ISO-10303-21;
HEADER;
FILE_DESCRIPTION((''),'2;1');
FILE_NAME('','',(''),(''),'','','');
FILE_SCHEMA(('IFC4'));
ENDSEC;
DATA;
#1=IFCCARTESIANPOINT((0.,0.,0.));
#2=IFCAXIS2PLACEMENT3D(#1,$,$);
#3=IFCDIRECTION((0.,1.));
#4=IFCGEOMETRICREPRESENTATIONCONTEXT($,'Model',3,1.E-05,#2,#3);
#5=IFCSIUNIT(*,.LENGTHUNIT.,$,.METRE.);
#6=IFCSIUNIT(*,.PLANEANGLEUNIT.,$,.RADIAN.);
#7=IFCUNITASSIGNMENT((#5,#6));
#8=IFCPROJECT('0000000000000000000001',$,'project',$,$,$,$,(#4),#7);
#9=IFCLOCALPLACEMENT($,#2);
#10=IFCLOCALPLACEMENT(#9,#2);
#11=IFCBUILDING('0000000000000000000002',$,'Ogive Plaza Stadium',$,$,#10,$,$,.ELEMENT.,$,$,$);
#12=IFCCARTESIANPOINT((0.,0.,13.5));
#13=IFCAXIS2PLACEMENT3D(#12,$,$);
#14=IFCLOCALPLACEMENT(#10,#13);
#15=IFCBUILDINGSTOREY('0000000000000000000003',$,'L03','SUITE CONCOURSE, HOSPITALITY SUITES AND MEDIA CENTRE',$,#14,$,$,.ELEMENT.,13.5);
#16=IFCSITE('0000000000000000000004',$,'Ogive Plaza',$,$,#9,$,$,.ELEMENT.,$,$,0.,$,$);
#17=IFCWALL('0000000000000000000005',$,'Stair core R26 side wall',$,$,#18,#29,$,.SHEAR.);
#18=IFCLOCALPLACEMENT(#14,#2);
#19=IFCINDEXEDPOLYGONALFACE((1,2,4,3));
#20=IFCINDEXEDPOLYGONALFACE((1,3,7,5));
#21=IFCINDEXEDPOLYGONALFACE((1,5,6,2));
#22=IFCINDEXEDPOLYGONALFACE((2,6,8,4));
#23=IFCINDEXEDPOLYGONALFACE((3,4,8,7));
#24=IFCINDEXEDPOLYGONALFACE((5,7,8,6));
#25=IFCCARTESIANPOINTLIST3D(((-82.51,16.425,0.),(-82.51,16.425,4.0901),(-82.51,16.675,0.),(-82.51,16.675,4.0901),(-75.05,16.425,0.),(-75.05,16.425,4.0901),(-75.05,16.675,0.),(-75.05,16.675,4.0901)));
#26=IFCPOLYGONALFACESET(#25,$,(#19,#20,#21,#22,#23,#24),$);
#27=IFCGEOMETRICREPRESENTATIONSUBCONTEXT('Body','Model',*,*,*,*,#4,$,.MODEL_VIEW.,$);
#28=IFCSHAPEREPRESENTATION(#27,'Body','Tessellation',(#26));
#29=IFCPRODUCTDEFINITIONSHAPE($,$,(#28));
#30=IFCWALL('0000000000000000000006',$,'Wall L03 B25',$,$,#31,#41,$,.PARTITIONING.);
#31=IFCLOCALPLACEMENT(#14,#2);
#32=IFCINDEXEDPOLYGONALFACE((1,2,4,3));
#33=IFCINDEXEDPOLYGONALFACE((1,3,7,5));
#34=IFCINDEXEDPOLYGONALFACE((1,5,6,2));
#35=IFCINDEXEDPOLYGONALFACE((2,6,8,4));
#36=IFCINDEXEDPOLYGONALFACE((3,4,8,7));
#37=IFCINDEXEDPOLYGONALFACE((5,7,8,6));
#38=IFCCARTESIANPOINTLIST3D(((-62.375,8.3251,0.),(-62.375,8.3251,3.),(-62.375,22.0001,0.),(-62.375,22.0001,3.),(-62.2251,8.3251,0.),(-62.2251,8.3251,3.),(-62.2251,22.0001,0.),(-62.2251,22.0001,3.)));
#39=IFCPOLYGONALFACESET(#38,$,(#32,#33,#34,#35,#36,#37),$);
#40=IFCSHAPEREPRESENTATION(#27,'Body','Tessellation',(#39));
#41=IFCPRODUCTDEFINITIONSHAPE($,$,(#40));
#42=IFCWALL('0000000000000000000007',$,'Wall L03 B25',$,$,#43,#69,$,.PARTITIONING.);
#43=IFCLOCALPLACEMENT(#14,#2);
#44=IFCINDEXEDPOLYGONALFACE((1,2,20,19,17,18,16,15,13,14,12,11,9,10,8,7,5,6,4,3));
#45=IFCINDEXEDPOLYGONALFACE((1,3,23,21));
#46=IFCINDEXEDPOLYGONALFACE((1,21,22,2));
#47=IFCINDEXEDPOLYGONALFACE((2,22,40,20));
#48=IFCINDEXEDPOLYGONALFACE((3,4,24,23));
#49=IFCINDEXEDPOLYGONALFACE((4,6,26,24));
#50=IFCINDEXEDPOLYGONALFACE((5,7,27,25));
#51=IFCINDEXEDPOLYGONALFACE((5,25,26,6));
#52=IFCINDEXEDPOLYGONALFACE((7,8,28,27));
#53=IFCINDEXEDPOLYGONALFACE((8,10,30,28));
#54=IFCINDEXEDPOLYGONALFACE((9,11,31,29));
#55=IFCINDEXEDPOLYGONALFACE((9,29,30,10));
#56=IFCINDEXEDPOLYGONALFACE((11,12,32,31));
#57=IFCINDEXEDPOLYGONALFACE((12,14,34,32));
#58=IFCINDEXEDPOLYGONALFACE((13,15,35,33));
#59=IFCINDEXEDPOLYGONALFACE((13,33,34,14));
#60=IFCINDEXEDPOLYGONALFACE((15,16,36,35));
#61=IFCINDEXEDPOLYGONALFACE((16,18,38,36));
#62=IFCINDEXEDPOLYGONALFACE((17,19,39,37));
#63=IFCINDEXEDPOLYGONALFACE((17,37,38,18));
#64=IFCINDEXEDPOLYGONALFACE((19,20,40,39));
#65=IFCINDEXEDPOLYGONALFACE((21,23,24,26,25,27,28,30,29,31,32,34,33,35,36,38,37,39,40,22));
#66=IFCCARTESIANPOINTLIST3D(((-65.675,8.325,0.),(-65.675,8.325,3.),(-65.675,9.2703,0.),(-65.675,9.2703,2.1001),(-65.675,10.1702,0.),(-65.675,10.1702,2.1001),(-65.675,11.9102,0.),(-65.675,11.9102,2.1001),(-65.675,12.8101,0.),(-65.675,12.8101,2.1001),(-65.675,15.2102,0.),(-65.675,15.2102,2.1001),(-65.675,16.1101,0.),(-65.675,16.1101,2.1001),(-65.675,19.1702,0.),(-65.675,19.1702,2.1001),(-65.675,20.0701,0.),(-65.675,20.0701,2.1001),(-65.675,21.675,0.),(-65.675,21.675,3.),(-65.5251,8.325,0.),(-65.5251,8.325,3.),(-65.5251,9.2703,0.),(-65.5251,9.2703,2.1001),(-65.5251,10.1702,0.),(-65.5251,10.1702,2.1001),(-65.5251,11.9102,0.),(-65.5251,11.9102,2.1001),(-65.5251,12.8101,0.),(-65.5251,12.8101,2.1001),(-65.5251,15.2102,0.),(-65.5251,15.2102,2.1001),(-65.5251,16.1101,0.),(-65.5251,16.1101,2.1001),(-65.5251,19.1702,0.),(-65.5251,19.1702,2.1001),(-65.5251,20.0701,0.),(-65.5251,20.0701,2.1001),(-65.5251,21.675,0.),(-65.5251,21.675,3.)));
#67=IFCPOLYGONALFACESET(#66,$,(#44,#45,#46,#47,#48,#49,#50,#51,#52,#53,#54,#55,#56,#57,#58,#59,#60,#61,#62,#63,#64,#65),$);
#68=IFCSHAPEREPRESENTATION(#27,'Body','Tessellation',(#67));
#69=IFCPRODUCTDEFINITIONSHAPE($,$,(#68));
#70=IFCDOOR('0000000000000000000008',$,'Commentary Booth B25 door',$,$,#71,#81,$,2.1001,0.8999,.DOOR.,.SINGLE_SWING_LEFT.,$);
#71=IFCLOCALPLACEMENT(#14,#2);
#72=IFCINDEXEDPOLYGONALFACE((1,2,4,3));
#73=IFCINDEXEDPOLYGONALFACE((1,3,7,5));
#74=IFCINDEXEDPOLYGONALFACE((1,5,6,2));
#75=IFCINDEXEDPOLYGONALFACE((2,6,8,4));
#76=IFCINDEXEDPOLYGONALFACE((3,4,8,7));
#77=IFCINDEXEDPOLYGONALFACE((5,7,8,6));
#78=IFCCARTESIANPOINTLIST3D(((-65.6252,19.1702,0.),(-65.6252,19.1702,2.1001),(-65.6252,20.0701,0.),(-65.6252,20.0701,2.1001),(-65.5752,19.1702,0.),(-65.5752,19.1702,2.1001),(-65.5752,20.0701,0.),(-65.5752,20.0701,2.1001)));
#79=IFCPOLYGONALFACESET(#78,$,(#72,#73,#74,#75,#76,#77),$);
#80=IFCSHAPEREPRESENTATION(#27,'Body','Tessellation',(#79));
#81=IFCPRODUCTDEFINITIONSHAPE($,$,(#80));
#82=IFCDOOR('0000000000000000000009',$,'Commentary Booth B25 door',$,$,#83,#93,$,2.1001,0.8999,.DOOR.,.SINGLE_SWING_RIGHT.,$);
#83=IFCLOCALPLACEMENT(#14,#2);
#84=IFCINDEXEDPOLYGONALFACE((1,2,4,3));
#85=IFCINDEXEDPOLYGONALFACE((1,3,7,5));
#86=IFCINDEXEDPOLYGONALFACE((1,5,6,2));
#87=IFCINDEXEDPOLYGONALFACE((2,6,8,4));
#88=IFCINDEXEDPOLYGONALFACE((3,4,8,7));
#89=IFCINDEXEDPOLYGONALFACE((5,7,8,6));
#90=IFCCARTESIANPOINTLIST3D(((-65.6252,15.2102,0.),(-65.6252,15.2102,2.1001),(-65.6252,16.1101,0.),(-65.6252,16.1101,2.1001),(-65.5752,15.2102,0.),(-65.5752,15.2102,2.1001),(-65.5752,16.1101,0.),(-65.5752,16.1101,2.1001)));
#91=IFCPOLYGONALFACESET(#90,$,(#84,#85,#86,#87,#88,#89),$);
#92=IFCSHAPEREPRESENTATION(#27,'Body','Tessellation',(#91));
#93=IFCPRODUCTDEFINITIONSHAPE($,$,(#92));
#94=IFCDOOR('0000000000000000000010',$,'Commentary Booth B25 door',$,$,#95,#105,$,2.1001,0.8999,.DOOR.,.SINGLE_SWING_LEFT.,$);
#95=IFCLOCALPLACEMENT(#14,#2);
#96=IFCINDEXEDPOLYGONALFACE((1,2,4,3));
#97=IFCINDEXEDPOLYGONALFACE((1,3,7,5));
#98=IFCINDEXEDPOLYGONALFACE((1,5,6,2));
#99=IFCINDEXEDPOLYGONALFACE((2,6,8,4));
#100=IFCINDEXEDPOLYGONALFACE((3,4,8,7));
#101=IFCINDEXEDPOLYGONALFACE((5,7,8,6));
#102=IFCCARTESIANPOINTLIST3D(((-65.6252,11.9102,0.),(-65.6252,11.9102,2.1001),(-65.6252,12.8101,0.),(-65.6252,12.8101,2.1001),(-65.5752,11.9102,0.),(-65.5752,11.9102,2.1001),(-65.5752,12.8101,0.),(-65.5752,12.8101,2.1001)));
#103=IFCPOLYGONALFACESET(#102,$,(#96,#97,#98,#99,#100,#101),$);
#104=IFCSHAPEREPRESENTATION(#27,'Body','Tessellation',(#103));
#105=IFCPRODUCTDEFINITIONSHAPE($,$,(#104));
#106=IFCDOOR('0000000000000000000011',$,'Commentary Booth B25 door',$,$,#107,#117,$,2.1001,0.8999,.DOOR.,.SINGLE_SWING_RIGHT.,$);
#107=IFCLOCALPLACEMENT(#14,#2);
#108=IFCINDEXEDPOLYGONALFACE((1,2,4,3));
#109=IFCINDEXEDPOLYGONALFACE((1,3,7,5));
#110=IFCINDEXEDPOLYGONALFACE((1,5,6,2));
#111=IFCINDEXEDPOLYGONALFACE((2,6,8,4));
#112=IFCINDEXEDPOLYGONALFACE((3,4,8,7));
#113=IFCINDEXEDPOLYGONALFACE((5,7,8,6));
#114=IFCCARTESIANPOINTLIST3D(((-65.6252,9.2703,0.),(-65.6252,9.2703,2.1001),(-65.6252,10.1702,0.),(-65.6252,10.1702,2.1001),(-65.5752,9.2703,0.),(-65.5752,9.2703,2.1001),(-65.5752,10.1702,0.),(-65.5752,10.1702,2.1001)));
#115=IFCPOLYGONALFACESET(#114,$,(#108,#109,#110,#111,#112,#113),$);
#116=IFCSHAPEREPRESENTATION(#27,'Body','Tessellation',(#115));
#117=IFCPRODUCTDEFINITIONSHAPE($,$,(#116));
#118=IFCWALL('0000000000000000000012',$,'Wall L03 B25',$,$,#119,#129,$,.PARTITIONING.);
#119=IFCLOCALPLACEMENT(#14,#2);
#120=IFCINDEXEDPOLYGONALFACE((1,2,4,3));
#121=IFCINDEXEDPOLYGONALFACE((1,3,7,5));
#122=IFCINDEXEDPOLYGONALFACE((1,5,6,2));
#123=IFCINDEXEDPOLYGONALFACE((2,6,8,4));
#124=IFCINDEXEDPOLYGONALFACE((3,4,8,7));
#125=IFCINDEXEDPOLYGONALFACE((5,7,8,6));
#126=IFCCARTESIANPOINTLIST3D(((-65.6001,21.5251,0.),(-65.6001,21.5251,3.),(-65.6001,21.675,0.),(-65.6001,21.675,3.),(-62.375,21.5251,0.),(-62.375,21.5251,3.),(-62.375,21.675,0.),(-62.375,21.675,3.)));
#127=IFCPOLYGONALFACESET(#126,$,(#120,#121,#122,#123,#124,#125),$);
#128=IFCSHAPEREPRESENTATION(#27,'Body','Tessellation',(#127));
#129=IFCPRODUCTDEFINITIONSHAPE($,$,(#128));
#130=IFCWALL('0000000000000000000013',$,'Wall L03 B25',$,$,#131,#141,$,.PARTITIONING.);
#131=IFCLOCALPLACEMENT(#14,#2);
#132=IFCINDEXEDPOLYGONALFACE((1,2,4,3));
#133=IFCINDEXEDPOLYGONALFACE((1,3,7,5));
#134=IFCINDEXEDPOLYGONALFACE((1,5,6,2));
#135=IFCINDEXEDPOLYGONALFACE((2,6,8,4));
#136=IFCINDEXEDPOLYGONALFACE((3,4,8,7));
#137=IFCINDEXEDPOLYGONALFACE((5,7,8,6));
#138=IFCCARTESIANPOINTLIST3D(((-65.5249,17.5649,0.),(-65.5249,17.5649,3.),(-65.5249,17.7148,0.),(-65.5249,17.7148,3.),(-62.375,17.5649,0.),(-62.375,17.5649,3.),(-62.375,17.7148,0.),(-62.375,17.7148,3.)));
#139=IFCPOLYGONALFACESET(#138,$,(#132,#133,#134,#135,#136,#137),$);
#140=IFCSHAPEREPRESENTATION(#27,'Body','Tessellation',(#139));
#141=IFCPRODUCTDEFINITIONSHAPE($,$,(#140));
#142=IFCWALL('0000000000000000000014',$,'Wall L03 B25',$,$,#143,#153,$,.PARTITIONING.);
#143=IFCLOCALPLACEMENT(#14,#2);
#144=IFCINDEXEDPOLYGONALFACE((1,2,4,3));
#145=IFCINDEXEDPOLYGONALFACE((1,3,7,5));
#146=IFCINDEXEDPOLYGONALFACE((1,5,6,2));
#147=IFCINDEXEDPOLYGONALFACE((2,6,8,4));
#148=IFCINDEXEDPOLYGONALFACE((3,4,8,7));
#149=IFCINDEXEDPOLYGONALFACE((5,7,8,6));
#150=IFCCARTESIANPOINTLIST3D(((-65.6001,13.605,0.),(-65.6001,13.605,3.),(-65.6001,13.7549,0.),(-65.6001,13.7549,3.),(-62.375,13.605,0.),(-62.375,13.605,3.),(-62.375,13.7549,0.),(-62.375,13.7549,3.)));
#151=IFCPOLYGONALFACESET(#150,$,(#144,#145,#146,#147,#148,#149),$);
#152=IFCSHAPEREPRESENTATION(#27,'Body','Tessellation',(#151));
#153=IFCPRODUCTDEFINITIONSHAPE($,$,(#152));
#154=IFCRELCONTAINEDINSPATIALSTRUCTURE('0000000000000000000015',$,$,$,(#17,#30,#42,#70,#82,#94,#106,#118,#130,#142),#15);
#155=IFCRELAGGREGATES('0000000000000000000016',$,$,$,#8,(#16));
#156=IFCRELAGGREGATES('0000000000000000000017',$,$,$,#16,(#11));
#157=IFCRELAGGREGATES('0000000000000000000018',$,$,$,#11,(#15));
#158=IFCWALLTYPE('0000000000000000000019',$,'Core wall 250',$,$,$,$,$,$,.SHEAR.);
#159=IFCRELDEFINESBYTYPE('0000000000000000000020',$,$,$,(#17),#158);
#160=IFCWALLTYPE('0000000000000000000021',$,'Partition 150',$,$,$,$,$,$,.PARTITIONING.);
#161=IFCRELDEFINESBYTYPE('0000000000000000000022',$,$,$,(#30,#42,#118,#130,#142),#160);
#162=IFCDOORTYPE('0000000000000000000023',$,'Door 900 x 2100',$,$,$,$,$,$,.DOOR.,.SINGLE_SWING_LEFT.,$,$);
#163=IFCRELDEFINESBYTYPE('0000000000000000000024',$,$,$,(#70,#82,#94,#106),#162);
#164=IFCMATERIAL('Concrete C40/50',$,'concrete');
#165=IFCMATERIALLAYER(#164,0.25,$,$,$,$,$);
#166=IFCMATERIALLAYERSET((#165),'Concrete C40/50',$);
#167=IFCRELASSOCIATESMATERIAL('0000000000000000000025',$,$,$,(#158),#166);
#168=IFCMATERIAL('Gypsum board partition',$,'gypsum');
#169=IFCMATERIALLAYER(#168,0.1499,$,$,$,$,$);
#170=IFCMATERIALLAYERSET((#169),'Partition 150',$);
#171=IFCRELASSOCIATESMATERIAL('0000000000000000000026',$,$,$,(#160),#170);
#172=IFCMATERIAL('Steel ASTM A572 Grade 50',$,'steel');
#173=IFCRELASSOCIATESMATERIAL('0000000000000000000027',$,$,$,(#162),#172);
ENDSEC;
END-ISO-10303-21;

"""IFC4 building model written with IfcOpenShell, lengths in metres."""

from ifc_helpers import new_model, si_unit, direction, frame, frame_2d, origin, place, context, subcontext, project, spatial, rectangle, extrude, material, layer, layer_set, type_object, element, fill, save


model = new_model("IFC4")

# Units and contexts
model_context = context("Model", 3, precision=1e-05, world=origin(), true_north=direction((0.0, 1.0)))
body_context = subcontext(model_context, "Body", "Model", "MODEL_VIEW")
ifc_project = project(units=[si_unit("LENGTHUNIT", "METRE"), si_unit("PLANEANGLEUNIT", "RADIAN")], contexts=[model_context])

# Site, building, storey
site_placement = place(None, origin())
site = spatial("IfcSite", under=ifc_project, at=site_placement, Name="Ogive Plaza", CompositionType="ELEMENT", RefElevation=0.0)
building_placement = place(site_placement, origin())
building = spatial("IfcBuilding", under=site, at=building_placement, Name="Ogive Plaza Stadium", CompositionType="ELEMENT")
storey_placement = place(building_placement, frame((0.0, 0.0, 13.5)))
storey = spatial("IfcBuildingStorey", under=building, at=storey_placement, Name="L03", Description="SUITE CONCOURSE, HOSPITALITY SUITES AND MEDIA CENTRE", CompositionType="ELEMENT", Elevation=13.5)

# Walls
ifc_material_1 = material(Name="Concrete C40/50", Category="concrete")
ifc_layer_1 = layer(ifc_material_1, 0.25)
ifc_layer_set_1 = layer_set([ifc_layer_1], Name="Concrete C40/50")
wall_type_1 = type_object("IfcWallType", Name="Core wall 250", PredefinedType="SHEAR", material=ifc_layer_set_1)
wall_1_placement = place(storey_placement, frame((-75.05, 16.55, 0.0), z_axis=(0.0, 0.0, 1.0), x_axis=(-1.0, 0.0, 0.0)))
element("IfcWall", 1, at=wall_1_placement, inside=storey, type_object=wall_type_1, Name="Stair core R26 side wall", PredefinedType="SHEAR", context=body_context, shape_type="SweptSolid", body=[
    extrude(rectangle(XDim=7.46, YDim=0.25, at=frame_2d((3.73, 0.0))), origin(), (0.0, 0.0, 1.0), 4.0901),
])
ifc_material_2 = material(Name="Gypsum board partition", Category="gypsum")
ifc_layer_2 = layer(ifc_material_2, 0.1499)
ifc_layer_set_2 = layer_set([ifc_layer_2], Name="Partition 150")
wall_type_2 = type_object("IfcWallType", Name="Partition 150", PredefinedType="PARTITIONING", material=ifc_layer_set_2)
wall_2_placement = place(storey_placement, frame((-62.3, 22.0, 0.0), z_axis=(0.0, 0.0, 1.0), x_axis=(0.0, -1.0, 0.0)))
element("IfcWall", 2, at=wall_2_placement, inside=storey, type_object=wall_type_2, Name="Wall L03 B25", PredefinedType="PARTITIONING", context=body_context, shape_type="SweptSolid", body=[
    extrude(rectangle(XDim=13.675, YDim=0.1499, at=frame_2d((6.8374, 0.0))), origin(), (0.0, 0.0, 1.0), 3.0),
])

# Wall, openings, doors
wall_3_placement = place(storey_placement, frame((-65.6001, 21.675, 0.0), z_axis=(0.0, 0.0, 1.0), x_axis=(0.0, -1.0, 0.0)))
wall_3 = element("IfcWall", 3, at=wall_3_placement, inside=storey, type_object=wall_type_2, Name="Wall L03 B25", PredefinedType="PARTITIONING", context=body_context, shape_type="SweptSolid", body=[
    extrude(rectangle(XDim=13.3501, YDim=0.1499, at=frame_2d((6.675, 0.0))), origin(), (0.0, 0.0, 1.0), 3.0),
])
opening_1_placement = place(wall_3_placement, frame((1.605, 0.0, 0.0)))
opening_1 = element("IfcOpeningElement", 4, at=opening_1_placement, cuts=wall_3, PredefinedType="OPENING", context=body_context, shape_type="SweptSolid", body=[
    extrude(rectangle(XDim=0.8999, YDim=2.1001, at=frame_2d((0.45, 1.05))), frame((0.0, 0.075, 0.0), z_axis=(0.0, -1.0, 0.0), x_axis=(1.0, 0.0, 0.0)), (0.0, 0.0, 1.0), 0.1499),
])
opening_2_placement = place(wall_3_placement, frame((5.5649, 0.0, 0.0)))
opening_2 = element("IfcOpeningElement", 5, at=opening_2_placement, cuts=wall_3, PredefinedType="OPENING", context=body_context, shape_type="SweptSolid", body=[
    extrude(rectangle(XDim=0.8999, YDim=2.1001, at=frame_2d((0.45, 1.05))), frame((0.0, 0.075, 0.0), z_axis=(0.0, -1.0, 0.0), x_axis=(1.0, 0.0, 0.0)), (0.0, 0.0, 1.0), 0.1499),
])
opening_3_placement = place(wall_3_placement, frame((8.865, 0.0, 0.0)))
opening_3 = element("IfcOpeningElement", 6, at=opening_3_placement, cuts=wall_3, PredefinedType="OPENING", context=body_context, shape_type="SweptSolid", body=[
    extrude(rectangle(XDim=0.8999, YDim=2.1001, at=frame_2d((0.45, 1.05))), frame((0.0, 0.075, 0.0), z_axis=(0.0, -1.0, 0.0), x_axis=(1.0, 0.0, 0.0)), (0.0, 0.0, 1.0), 0.1499),
])
opening_4_placement = place(wall_3_placement, frame((11.5049, 0.0, 0.0)))
opening_4 = element("IfcOpeningElement", 7, at=opening_4_placement, cuts=wall_3, PredefinedType="OPENING", context=body_context, shape_type="SweptSolid", body=[
    extrude(rectangle(XDim=0.8999, YDim=2.1001, at=frame_2d((0.45, 1.05))), frame((0.0, 0.075, 0.0), z_axis=(0.0, -1.0, 0.0), x_axis=(1.0, 0.0, 0.0)), (0.0, 0.0, 1.0), 0.1499),
])
ifc_material_3 = material(Name="Steel ASTM A572 Grade 50", Category="steel")
door_type_1 = type_object("IfcDoorType", Name="Door 900 x 2100", OperationType="SINGLE_SWING_LEFT", PredefinedType="DOOR", material=ifc_material_3)
door_1_placement = place(opening_1_placement, origin())
door_1 = element("IfcDoor", 8, at=door_1_placement, inside=storey, type_object=door_type_1, Name="Commentary Booth B25 door", OperationType="SINGLE_SWING_LEFT", OverallHeight=2.1001, OverallWidth=0.8999, PredefinedType="DOOR", context=body_context, shape_type="SweptSolid", body=[
    extrude(rectangle(XDim=0.8999, YDim=2.1001, at=frame_2d((0.45, 1.05))), frame((0.0, 0.0249, 0.0), z_axis=(0.0, -1.0, 0.0), x_axis=(1.0, 0.0, 0.0)), (0.0, 0.0, 1.0), 0.05),
])
fill(opening_1, door_1)
door_2_placement = place(opening_2_placement, origin())
door_2 = element("IfcDoor", 9, at=door_2_placement, inside=storey, type_object=door_type_1, Name="Commentary Booth B25 door", OperationType="SINGLE_SWING_RIGHT", OverallHeight=2.1001, OverallWidth=0.8999, PredefinedType="DOOR", context=body_context, shape_type="SweptSolid", body=[
    extrude(rectangle(XDim=0.8999, YDim=2.1001, at=frame_2d((0.45, 1.05))), frame((0.0, 0.0249, 0.0), z_axis=(0.0, -1.0, 0.0), x_axis=(1.0, 0.0, 0.0)), (0.0, 0.0, 1.0), 0.05),
])
fill(opening_2, door_2)
door_3_placement = place(opening_3_placement, origin())
door_3 = element("IfcDoor", 10, at=door_3_placement, inside=storey, type_object=door_type_1, Name="Commentary Booth B25 door", OperationType="SINGLE_SWING_LEFT", OverallHeight=2.1001, OverallWidth=0.8999, PredefinedType="DOOR", context=body_context, shape_type="SweptSolid", body=[
    extrude(rectangle(XDim=0.8999, YDim=2.1001, at=frame_2d((0.45, 1.05))), frame((0.0, 0.0249, 0.0), z_axis=(0.0, -1.0, 0.0), x_axis=(1.0, 0.0, 0.0)), (0.0, 0.0, 1.0), 0.05),
])
fill(opening_3, door_3)
door_4_placement = place(opening_4_placement, origin())
door_4 = element("IfcDoor", 11, at=door_4_placement, inside=storey, type_object=door_type_1, Name="Commentary Booth B25 door", OperationType="SINGLE_SWING_RIGHT", OverallHeight=2.1001, OverallWidth=0.8999, PredefinedType="DOOR", context=body_context, shape_type="SweptSolid", body=[
    extrude(rectangle(XDim=0.8999, YDim=2.1001, at=frame_2d((0.45, 1.05))), frame((0.0, 0.0249, 0.0), z_axis=(0.0, -1.0, 0.0), x_axis=(1.0, 0.0, 0.0)), (0.0, 0.0, 1.0), 0.05),
])
fill(opening_4, door_4)

# Walls
wall_4_placement = place(storey_placement, frame((-62.375, 21.6001, 0.0), z_axis=(0.0, 0.0, 1.0), x_axis=(-1.0, 0.0, 0.0)))
element("IfcWall", 12, at=wall_4_placement, inside=storey, type_object=wall_type_2, Name="Wall L03 B25", PredefinedType="PARTITIONING", context=body_context, shape_type="SweptSolid", body=[
    extrude(rectangle(XDim=3.2251, YDim=0.1499, at=frame_2d((1.6125, 0.0))), origin(), (0.0, 0.0, 1.0), 3.0),
])
wall_5_placement = place(storey_placement, frame((-62.375, 17.6399, 0.0), z_axis=(0.0, 0.0, 1.0), x_axis=(-1.0, 0.0, 0.0)))
element("IfcWall", 13, at=wall_5_placement, inside=storey, type_object=wall_type_2, Name="Wall L03 B25", PredefinedType="PARTITIONING", context=body_context, shape_type="SweptSolid", body=[
    extrude(rectangle(XDim=3.1499, YDim=0.1499, at=frame_2d((1.575, 0.0))), origin(), (0.0, 0.0, 1.0), 3.0),
])
wall_6_placement = place(storey_placement, frame((-62.375, 13.6799, 0.0), z_axis=(0.0, 0.0, 1.0), x_axis=(-1.0, 0.0, 0.0)))
element("IfcWall", 14, at=wall_6_placement, inside=storey, type_object=wall_type_2, Name="Wall L03 B25", PredefinedType="PARTITIONING", context=body_context, shape_type="SweptSolid", body=[
    extrude(rectangle(XDim=3.2251, YDim=0.1499, at=frame_2d((1.6125, 0.0))), origin(), (0.0, 0.0, 1.0), 3.0),
])

save(model, "model.ifc")
